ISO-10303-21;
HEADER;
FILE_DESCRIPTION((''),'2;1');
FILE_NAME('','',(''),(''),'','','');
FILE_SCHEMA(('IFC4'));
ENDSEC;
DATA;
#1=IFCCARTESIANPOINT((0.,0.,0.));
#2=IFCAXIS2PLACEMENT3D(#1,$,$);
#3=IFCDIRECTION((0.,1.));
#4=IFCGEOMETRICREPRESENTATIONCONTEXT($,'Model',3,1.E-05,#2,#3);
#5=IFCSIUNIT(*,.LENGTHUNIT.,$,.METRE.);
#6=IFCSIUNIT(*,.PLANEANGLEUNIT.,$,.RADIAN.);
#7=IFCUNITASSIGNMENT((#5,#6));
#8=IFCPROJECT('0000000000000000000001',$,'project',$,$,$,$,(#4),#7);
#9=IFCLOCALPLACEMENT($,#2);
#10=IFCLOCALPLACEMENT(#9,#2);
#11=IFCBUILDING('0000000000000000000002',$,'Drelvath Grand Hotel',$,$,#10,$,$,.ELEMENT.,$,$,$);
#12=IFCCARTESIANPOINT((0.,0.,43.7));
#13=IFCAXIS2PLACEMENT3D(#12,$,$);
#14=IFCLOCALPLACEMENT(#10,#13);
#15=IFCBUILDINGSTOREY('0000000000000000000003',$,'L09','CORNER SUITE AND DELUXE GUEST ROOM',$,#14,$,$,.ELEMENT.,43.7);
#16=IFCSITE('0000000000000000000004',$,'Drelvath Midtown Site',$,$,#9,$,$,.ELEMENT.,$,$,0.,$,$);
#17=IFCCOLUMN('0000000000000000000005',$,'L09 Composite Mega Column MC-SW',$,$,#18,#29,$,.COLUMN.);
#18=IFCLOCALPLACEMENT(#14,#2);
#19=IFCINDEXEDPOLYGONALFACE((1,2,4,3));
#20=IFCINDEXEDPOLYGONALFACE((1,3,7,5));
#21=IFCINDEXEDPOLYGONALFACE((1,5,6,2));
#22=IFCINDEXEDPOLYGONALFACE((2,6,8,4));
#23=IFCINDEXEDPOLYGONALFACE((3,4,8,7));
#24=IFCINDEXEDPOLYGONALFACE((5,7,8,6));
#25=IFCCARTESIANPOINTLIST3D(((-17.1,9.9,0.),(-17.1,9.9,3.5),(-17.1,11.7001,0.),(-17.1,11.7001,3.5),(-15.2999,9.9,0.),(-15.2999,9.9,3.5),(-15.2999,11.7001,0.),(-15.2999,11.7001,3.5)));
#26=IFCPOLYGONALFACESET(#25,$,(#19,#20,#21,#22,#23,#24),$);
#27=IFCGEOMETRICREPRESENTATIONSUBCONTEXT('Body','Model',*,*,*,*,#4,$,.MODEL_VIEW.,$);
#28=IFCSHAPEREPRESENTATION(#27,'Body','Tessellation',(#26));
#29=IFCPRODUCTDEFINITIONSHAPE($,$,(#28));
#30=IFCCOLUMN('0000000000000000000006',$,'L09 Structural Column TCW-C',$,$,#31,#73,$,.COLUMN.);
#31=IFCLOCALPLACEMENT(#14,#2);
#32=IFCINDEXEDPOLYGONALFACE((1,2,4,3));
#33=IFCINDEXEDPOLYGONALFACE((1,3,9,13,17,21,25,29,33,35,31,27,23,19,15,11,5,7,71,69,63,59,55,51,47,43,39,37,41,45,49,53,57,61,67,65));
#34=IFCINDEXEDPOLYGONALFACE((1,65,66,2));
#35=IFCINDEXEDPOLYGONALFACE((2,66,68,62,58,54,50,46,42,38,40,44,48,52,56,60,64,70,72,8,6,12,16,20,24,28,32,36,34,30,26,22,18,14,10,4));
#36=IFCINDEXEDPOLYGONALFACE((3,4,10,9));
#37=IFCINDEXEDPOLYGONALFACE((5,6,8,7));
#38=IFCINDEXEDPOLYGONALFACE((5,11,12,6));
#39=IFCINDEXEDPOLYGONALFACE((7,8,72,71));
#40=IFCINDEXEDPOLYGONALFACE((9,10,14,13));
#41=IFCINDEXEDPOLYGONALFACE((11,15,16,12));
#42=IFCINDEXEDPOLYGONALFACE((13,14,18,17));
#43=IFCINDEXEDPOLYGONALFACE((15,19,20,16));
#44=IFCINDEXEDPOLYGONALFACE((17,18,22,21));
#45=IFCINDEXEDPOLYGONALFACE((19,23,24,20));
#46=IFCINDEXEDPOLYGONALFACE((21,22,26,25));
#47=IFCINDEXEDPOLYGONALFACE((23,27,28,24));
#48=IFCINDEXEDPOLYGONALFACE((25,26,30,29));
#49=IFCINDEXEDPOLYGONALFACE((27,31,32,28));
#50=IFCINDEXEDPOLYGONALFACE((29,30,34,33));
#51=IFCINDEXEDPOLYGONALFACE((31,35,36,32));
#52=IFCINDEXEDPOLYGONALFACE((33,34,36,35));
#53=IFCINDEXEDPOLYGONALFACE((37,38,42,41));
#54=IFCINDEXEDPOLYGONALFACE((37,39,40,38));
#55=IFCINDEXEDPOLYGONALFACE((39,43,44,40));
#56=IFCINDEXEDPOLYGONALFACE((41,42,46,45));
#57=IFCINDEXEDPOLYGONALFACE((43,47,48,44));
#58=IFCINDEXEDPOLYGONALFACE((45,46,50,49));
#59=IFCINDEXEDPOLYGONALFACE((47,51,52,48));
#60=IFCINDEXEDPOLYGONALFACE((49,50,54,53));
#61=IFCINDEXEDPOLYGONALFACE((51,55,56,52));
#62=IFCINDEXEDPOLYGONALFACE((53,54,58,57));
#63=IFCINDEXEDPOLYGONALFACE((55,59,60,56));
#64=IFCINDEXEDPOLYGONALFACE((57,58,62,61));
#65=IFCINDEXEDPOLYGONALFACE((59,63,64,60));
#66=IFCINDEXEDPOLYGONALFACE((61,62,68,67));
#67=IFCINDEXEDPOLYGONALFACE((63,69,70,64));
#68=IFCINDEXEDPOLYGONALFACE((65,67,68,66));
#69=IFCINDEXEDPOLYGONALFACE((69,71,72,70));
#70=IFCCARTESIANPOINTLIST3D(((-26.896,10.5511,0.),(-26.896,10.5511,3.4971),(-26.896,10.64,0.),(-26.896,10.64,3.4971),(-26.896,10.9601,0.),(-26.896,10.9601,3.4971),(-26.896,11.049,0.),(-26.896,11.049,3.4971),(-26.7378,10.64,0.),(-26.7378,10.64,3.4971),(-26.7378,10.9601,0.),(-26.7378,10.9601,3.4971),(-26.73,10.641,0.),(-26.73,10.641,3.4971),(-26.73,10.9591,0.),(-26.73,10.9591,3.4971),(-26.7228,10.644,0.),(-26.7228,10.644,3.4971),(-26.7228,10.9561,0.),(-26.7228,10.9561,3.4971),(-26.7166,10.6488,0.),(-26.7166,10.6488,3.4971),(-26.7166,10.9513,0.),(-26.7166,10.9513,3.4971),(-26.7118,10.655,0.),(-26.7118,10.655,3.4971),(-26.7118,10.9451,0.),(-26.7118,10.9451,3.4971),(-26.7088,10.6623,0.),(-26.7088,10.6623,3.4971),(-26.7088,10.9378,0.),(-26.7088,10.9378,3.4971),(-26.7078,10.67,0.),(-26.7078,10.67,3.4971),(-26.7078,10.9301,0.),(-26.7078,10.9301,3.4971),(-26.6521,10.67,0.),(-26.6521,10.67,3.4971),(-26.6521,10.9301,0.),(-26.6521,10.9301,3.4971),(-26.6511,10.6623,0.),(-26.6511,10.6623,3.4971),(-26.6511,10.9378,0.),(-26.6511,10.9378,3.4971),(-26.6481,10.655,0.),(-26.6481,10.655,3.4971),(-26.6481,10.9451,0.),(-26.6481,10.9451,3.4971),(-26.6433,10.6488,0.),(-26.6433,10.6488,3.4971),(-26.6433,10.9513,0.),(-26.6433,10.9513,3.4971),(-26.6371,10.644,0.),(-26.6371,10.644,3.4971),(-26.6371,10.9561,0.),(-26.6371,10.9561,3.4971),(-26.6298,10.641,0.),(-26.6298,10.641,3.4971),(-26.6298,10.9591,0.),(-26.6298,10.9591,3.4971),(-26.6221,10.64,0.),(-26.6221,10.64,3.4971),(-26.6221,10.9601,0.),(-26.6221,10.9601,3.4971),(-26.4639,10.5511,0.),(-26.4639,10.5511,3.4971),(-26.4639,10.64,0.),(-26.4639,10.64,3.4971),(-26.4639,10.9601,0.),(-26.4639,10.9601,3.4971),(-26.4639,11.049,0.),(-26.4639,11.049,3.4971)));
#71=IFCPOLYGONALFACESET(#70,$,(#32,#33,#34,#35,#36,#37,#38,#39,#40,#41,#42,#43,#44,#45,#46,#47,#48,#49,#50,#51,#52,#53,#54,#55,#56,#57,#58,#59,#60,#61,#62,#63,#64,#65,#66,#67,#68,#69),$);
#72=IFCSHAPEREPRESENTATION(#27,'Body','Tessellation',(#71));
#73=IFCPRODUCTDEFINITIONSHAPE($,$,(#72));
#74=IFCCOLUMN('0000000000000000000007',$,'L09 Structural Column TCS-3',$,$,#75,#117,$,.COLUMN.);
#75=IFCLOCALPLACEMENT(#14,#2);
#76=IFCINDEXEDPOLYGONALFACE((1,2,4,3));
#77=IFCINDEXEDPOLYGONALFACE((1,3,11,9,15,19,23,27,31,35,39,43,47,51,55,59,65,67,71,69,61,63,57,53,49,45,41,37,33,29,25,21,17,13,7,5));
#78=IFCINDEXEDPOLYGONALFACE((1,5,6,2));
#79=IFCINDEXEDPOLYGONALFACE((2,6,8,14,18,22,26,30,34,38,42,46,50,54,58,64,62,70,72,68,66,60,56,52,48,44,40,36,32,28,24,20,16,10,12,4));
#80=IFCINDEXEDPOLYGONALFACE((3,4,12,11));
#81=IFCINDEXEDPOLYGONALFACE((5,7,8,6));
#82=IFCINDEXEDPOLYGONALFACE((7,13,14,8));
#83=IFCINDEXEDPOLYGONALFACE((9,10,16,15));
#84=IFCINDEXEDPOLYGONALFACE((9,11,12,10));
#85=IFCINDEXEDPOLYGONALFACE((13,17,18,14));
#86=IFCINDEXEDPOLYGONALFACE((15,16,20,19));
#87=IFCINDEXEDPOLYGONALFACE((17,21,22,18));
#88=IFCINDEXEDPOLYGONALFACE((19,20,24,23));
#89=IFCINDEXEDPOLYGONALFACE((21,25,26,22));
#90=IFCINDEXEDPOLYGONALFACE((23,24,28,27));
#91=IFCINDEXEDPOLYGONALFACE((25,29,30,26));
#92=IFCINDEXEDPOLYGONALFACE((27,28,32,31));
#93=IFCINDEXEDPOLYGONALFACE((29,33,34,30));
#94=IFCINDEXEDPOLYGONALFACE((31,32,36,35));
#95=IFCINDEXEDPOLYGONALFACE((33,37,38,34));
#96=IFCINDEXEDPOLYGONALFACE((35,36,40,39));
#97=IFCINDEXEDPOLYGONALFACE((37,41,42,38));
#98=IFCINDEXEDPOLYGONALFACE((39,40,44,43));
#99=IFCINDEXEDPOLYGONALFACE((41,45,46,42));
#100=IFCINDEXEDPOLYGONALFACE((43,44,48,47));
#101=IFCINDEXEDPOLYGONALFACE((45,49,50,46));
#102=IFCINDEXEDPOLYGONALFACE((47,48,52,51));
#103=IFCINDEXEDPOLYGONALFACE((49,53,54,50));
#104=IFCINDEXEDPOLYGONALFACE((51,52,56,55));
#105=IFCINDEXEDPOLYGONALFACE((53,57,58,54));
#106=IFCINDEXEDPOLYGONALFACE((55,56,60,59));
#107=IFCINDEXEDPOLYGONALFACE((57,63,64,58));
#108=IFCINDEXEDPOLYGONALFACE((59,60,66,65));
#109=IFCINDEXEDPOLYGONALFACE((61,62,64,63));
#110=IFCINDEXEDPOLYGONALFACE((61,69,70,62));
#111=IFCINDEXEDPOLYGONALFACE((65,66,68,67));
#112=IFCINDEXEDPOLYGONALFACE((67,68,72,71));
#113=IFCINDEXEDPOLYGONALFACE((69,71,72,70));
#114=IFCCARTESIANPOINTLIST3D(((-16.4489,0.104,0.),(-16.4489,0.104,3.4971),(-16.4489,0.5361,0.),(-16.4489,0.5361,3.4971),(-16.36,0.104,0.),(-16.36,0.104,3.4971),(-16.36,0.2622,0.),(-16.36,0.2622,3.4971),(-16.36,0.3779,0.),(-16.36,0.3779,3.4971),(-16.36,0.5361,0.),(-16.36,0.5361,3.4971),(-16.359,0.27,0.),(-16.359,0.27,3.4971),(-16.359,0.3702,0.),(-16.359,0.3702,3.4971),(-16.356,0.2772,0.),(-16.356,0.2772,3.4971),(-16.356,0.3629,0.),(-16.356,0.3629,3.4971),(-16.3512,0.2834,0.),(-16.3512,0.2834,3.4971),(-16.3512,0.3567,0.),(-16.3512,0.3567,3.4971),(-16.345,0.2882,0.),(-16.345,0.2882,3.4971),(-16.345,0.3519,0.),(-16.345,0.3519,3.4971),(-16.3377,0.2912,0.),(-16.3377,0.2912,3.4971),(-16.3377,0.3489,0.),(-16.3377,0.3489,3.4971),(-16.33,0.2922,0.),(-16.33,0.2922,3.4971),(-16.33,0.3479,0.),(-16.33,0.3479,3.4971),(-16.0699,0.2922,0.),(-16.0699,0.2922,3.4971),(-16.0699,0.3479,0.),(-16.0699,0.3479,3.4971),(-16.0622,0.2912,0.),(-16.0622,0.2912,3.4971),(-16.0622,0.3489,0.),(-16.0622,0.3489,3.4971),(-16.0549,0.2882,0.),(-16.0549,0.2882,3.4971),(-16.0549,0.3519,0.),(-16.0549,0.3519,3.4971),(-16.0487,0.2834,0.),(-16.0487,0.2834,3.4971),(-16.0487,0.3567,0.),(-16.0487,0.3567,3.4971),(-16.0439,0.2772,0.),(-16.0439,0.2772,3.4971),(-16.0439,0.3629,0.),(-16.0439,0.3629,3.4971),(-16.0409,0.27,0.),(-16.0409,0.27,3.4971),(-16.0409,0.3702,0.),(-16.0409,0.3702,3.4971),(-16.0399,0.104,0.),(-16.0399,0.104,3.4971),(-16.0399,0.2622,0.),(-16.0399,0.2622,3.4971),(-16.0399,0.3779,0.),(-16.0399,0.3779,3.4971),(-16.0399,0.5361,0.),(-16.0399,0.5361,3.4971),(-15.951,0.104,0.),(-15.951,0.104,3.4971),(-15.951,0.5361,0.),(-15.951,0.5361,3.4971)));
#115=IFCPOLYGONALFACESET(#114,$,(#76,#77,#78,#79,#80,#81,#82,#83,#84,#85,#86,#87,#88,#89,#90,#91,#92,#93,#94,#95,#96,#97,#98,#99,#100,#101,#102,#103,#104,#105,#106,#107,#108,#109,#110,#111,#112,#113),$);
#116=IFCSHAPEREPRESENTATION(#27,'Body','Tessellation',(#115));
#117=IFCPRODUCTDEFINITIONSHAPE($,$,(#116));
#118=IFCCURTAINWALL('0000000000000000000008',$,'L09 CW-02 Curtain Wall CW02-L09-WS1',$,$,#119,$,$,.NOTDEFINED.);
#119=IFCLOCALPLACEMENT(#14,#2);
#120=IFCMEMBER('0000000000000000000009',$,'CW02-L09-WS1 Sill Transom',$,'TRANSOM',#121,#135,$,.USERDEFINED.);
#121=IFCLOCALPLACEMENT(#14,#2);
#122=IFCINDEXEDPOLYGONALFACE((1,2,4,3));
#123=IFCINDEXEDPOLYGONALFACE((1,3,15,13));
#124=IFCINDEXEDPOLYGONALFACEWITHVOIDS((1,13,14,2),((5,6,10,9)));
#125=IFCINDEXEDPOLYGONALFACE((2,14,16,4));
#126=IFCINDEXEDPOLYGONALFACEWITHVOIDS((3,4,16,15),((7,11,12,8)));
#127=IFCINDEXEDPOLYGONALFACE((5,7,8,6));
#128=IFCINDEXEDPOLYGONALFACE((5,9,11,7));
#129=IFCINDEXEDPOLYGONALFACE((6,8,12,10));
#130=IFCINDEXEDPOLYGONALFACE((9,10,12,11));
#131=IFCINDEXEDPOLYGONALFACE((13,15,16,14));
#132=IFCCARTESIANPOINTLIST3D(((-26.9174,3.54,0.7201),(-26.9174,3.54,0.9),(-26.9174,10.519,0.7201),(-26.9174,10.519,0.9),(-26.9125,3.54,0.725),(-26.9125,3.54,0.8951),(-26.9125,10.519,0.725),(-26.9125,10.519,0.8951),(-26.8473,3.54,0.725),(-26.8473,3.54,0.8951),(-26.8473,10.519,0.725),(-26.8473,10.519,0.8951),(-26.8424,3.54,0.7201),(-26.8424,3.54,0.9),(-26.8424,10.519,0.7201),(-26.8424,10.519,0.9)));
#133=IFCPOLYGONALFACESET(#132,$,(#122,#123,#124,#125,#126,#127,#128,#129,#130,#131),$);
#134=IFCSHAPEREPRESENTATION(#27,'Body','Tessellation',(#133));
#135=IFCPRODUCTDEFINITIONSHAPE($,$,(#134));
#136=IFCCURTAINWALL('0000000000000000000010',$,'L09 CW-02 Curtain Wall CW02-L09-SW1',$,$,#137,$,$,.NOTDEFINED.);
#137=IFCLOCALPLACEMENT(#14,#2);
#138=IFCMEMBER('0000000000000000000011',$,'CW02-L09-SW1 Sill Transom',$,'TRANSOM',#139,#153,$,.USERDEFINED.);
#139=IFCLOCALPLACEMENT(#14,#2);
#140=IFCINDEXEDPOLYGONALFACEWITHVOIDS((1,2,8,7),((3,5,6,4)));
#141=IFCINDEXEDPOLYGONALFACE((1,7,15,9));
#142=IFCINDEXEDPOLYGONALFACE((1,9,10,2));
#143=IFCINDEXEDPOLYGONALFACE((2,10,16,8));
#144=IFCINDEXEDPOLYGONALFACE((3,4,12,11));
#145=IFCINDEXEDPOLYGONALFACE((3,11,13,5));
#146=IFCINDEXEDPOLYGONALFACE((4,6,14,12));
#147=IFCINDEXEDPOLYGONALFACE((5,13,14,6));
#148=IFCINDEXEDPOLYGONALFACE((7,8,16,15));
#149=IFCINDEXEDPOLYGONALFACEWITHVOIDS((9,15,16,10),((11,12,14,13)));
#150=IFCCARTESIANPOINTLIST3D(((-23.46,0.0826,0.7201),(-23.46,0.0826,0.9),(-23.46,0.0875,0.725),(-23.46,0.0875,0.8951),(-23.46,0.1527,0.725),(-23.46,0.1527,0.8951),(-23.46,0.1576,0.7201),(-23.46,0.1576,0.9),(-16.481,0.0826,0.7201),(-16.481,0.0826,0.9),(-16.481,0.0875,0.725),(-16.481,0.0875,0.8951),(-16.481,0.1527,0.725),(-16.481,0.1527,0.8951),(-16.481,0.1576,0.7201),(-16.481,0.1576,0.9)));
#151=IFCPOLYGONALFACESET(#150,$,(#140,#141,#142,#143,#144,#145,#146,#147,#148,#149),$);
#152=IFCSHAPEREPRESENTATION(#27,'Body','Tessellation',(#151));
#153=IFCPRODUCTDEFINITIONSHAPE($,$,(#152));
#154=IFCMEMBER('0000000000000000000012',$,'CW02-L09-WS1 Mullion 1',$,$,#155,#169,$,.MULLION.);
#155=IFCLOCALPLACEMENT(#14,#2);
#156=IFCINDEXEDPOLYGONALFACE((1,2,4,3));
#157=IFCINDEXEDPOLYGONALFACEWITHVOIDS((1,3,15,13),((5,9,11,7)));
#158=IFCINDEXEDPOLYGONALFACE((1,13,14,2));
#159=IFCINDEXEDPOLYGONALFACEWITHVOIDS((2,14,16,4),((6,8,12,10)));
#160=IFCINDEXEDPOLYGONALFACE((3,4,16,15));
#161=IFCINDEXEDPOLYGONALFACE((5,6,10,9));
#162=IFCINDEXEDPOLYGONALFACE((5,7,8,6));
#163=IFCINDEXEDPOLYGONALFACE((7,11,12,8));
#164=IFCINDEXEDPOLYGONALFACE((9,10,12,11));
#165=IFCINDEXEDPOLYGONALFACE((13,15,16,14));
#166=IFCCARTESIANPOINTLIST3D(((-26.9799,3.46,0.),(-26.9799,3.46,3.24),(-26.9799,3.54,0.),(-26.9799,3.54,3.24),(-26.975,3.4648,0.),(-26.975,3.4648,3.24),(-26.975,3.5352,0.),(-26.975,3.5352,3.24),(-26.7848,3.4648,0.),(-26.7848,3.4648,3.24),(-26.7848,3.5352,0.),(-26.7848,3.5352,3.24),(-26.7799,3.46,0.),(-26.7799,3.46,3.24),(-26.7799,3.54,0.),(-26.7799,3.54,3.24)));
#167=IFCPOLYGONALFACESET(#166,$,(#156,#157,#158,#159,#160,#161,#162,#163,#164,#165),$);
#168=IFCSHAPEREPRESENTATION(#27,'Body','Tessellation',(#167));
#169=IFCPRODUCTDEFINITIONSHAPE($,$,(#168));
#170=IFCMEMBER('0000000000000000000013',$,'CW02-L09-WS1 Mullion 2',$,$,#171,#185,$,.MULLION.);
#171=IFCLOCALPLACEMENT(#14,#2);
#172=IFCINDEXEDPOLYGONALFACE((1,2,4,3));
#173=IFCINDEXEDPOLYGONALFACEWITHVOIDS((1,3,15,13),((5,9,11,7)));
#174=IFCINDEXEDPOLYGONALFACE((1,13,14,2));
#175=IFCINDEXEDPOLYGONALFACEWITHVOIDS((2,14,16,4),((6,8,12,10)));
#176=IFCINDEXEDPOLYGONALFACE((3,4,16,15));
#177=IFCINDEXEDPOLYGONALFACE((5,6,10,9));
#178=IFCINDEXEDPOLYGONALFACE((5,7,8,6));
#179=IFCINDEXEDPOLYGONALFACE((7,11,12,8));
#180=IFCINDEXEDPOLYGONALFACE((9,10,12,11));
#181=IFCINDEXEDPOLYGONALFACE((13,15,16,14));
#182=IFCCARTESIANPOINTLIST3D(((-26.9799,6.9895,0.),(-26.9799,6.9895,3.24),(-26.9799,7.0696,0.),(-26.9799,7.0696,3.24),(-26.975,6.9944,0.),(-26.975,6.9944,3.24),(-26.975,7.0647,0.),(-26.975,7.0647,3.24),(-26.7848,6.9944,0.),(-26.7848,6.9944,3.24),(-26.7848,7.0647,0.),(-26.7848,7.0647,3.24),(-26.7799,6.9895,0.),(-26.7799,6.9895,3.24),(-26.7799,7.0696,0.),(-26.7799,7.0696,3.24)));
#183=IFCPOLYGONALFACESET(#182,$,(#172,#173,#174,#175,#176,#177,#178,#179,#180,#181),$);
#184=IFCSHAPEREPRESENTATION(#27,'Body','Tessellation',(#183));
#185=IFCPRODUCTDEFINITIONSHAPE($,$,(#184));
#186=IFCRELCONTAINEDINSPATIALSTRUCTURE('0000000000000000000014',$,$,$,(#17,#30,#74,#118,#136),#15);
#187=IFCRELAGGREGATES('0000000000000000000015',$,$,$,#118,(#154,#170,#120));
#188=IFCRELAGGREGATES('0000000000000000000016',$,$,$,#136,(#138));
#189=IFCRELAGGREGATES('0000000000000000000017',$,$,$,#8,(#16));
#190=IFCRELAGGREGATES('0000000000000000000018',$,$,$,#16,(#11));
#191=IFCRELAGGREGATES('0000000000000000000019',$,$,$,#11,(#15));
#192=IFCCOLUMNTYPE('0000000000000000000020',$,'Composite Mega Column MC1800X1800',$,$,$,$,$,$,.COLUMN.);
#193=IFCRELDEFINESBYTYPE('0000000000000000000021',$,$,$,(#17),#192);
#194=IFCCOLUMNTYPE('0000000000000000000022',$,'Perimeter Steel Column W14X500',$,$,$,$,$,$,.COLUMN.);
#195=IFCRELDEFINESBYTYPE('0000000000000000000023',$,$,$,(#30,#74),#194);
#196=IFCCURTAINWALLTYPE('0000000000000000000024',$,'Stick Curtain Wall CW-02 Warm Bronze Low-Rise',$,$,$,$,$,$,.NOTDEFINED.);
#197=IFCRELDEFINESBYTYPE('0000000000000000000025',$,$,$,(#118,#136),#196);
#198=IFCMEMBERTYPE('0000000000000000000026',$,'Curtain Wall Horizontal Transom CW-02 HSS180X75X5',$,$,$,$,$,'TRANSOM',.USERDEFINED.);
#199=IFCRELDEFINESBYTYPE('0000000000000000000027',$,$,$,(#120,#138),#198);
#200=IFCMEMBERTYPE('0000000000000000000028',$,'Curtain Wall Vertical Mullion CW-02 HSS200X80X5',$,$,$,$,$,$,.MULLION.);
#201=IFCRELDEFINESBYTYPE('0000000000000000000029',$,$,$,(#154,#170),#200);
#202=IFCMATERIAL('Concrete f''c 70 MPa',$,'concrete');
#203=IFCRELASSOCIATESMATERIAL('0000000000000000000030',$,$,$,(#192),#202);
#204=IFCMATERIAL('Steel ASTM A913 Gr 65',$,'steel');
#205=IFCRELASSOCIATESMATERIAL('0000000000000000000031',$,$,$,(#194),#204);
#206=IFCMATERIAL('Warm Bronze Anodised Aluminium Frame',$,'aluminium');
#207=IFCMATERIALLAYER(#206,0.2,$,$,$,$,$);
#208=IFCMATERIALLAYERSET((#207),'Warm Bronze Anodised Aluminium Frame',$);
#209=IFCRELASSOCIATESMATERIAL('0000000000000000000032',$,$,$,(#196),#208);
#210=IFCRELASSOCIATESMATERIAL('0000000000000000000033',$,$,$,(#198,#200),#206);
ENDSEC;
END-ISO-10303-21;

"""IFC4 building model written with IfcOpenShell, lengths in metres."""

from ifc_helpers import new_model, si_unit, direction, frame, origin, origin_2d, place, context, subcontext, project, spatial, rectangle, hollow_rectangle, i_section, extrude, material, layer, layer_set, material_profile, profile_set, type_object, element, aggregate, save


model = new_model("IFC4")

# Units and contexts
model_context = context("Model", 3, precision=1e-05, world=origin(), true_north=direction((0.0, 1.0)))
body_context = subcontext(model_context, "Body", "Model", "MODEL_VIEW")
ifc_project = project(units=[si_unit("LENGTHUNIT", "METRE"), si_unit("PLANEANGLEUNIT", "RADIAN")], contexts=[model_context])

# Site, building, storey
site_placement = place(None, origin())
site = spatial("IfcSite", under=ifc_project, at=site_placement, Name="Drelvath Midtown Site", CompositionType="ELEMENT", RefElevation=0.0)
building_placement = place(site_placement, origin())
building = spatial("IfcBuilding", under=site, at=building_placement, Name="Drelvath Grand Hotel", CompositionType="ELEMENT")
storey_placement = place(building_placement, frame((0.0, 0.0, 43.7)))
storey = spatial("IfcBuildingStorey", under=building, at=storey_placement, Name="L09", Description="CORNER SUITE AND DELUXE GUEST ROOM", CompositionType="ELEMENT", Elevation=43.7)

# Columns
ifc_material_1 = material(Name="Concrete f'c 70 MPa", Category="concrete")
ifc_material_profile_1 = material_profile(ifc_material_1, rectangle(XDim=1.8, YDim=1.8, at=origin_2d()), Name="MC1800X1800")
ifc_profile_set_1 = profile_set([ifc_material_profile_1], Name="Concrete f'c 70 MPa")
column_type_1 = type_object("IfcColumnType", Name="Composite Mega Column MC1800X1800", PredefinedType="COLUMN", material=ifc_profile_set_1)
column_placement = place(storey_placement, frame((-16.2, 10.8, 0.0), z_axis=(0.0, 0.0, 1.0), x_axis=(1.0, 0.0, 0.0)))
element("IfcColumn", 1, at=column_placement, inside=storey, type_object=column_type_1, Name="L09 Composite Mega Column MC-SW", PredefinedType="COLUMN", context=body_context, shape_type="SweptSolid", body=[
    extrude(rectangle(XDim=1.8, YDim=1.8, at=origin_2d()), origin(), (0.0, 0.0, 1.0), 3.5),
])
ifc_material_2 = material(Name="Steel ASTM A913 Gr 65", Category="steel")
ifc_material_profile_2 = material_profile(ifc_material_2, i_section(OverallWidth=0.4321, OverallDepth=0.4978, WebThickness=0.0557, FlangeThickness=0.0889, FilletRadius=0.03, at=origin_2d()), Name="W14X500")
ifc_profile_set_2 = profile_set([ifc_material_profile_2], Name="Steel ASTM A913 Gr 65")
column_type_2 = type_object("IfcColumnType", Name="Perimeter Steel Column W14X500", PredefinedType="COLUMN", material=ifc_profile_set_2)
for number, where, z_axis, x_axis, name in (
    (2, (-26.6799, 10.8, 0.0), (0.0, 0.0, 1.0), (1.0, 0.0, 0.0), "L09 Structural Column TCW-C"),
    (3, (-16.2, 0.3201, 0.0), (0.0, 0.0, 1.0), (0.0, 1.0, 0.0), "L09 Structural Column TCS-3"),
):
    element("IfcColumn", number, at=place(storey_placement, frame(where, z_axis=z_axis, x_axis=x_axis)), inside=storey, type_object=column_type_2, Name=name, PredefinedType="COLUMN", context=body_context, shape_type="SweptSolid", body=[
        extrude(i_section(OverallWidth=0.4321, OverallDepth=0.4978, WebThickness=0.0557, FlangeThickness=0.0889, FilletRadius=0.03, at=origin_2d()), origin(), (0.0, 0.0, 1.0), 3.4971),
    ])

# Curtain walls, members
ifc_material_3 = material(Name="Warm Bronze Anodised Aluminium Frame", Category="aluminium")
ifc_layer_1 = layer(ifc_material_3, 0.2)
ifc_layer_set_1 = layer_set([ifc_layer_1], Name="Warm Bronze Anodised Aluminium Frame")
curtain_wall_type = type_object("IfcCurtainWallType", Name="Stick Curtain Wall CW-02 Warm Bronze Low-Rise", PredefinedType="NOTDEFINED", material=ifc_layer_set_1)
curtain_wall_1_placement = place(storey_placement, origin())
curtain_wall_1 = element("IfcCurtainWall", 4, at=curtain_wall_1_placement, inside=storey, type_object=curtain_wall_type, Name="L09 CW-02 Curtain Wall CW02-L09-WS1", PredefinedType="NOTDEFINED")
ifc_material_profile_3 = material_profile(ifc_material_3, hollow_rectangle(XDim=0.075, YDim=0.1799, WallThickness=0.0049, at=origin_2d()), Name="HSS180X75X5")
ifc_profile_set_3 = profile_set([ifc_material_profile_3], Name="Warm Bronze Anodised Aluminium Frame")
member_type_1 = type_object("IfcMemberType", Name="Curtain Wall Horizontal Transom CW-02 HSS180X75X5", ElementType="TRANSOM", PredefinedType="USERDEFINED", material=ifc_profile_set_3)
member_1_placement = place(storey_placement, frame((-26.8799, 3.54, 0.8101), z_axis=(0.0, 1.0, 0.0), x_axis=(-1.0, 0.0, 0.0)))
member_1 = element("IfcMember", 5, at=member_1_placement, type_object=member_type_1, Name="CW02-L09-WS1 Sill Transom", ObjectType="TRANSOM", PredefinedType="USERDEFINED", context=body_context, shape_type="SweptSolid", body=[
    extrude(hollow_rectangle(XDim=0.075, YDim=0.1799, WallThickness=0.0049, at=origin_2d()), origin(), (0.0, 0.0, 1.0), 6.979),
])
curtain_wall_2_placement = place(storey_placement, origin())
curtain_wall_2 = element("IfcCurtainWall", 6, at=curtain_wall_2_placement, inside=storey, type_object=curtain_wall_type, Name="L09 CW-02 Curtain Wall CW02-L09-SW1", PredefinedType="NOTDEFINED")
member_2_placement = place(storey_placement, frame((-16.481, 0.1201, 0.8101), z_axis=(-1.0, 0.0, 0.0), x_axis=(0.0, -1.0, 0.0)))
member_2 = element("IfcMember", 7, at=member_2_placement, type_object=member_type_1, Name="CW02-L09-SW1 Sill Transom", ObjectType="TRANSOM", PredefinedType="USERDEFINED", context=body_context, shape_type="SweptSolid", body=[
    extrude(hollow_rectangle(XDim=0.075, YDim=0.1799, WallThickness=0.0049, at=origin_2d()), origin(), (0.0, 0.0, 1.0), 6.979),
])

# Members
ifc_material_profile_4 = material_profile(ifc_material_3, hollow_rectangle(XDim=0.0801, YDim=0.2, WallThickness=0.0049, at=origin_2d()), Name="HSS200X80X5")
ifc_profile_set_4 = profile_set([ifc_material_profile_4], Name="Warm Bronze Anodised Aluminium Frame")
member_type_2 = type_object("IfcMemberType", Name="Curtain Wall Vertical Mullion CW-02 HSS200X80X5", PredefinedType="MULLION", material=ifc_profile_set_4)
member_3_placement = place(storey_placement, frame((-26.8799, 3.5, 0.0), z_axis=(0.0, 0.0, 1.0), x_axis=(0.0, 1.0, 0.0)))
member_3 = element("IfcMember", 8, at=member_3_placement, type_object=member_type_2, Name="CW02-L09-WS1 Mullion 1", PredefinedType="MULLION", context=body_context, shape_type="SweptSolid", body=[
    extrude(hollow_rectangle(XDim=0.0801, YDim=0.2, WallThickness=0.0049, at=origin_2d()), origin(), (0.0, 0.0, 1.0), 3.24),
])
member_4_placement = place(storey_placement, frame((-26.8799, 7.0295, 0.0), z_axis=(0.0, 0.0, 1.0), x_axis=(0.0, 1.0, 0.0)))
member_4 = element("IfcMember", 9, at=member_4_placement, type_object=member_type_2, Name="CW02-L09-WS1 Mullion 2", PredefinedType="MULLION", context=body_context, shape_type="SweptSolid", body=[
    extrude(hollow_rectangle(XDim=0.0801, YDim=0.2, WallThickness=0.0049, at=origin_2d()), origin(), (0.0, 0.0, 1.0), 3.24),
])

aggregate(curtain_wall_1, [member_3, member_4, member_1])
aggregate(curtain_wall_2, [member_2])

save(model, "model.ifc")
